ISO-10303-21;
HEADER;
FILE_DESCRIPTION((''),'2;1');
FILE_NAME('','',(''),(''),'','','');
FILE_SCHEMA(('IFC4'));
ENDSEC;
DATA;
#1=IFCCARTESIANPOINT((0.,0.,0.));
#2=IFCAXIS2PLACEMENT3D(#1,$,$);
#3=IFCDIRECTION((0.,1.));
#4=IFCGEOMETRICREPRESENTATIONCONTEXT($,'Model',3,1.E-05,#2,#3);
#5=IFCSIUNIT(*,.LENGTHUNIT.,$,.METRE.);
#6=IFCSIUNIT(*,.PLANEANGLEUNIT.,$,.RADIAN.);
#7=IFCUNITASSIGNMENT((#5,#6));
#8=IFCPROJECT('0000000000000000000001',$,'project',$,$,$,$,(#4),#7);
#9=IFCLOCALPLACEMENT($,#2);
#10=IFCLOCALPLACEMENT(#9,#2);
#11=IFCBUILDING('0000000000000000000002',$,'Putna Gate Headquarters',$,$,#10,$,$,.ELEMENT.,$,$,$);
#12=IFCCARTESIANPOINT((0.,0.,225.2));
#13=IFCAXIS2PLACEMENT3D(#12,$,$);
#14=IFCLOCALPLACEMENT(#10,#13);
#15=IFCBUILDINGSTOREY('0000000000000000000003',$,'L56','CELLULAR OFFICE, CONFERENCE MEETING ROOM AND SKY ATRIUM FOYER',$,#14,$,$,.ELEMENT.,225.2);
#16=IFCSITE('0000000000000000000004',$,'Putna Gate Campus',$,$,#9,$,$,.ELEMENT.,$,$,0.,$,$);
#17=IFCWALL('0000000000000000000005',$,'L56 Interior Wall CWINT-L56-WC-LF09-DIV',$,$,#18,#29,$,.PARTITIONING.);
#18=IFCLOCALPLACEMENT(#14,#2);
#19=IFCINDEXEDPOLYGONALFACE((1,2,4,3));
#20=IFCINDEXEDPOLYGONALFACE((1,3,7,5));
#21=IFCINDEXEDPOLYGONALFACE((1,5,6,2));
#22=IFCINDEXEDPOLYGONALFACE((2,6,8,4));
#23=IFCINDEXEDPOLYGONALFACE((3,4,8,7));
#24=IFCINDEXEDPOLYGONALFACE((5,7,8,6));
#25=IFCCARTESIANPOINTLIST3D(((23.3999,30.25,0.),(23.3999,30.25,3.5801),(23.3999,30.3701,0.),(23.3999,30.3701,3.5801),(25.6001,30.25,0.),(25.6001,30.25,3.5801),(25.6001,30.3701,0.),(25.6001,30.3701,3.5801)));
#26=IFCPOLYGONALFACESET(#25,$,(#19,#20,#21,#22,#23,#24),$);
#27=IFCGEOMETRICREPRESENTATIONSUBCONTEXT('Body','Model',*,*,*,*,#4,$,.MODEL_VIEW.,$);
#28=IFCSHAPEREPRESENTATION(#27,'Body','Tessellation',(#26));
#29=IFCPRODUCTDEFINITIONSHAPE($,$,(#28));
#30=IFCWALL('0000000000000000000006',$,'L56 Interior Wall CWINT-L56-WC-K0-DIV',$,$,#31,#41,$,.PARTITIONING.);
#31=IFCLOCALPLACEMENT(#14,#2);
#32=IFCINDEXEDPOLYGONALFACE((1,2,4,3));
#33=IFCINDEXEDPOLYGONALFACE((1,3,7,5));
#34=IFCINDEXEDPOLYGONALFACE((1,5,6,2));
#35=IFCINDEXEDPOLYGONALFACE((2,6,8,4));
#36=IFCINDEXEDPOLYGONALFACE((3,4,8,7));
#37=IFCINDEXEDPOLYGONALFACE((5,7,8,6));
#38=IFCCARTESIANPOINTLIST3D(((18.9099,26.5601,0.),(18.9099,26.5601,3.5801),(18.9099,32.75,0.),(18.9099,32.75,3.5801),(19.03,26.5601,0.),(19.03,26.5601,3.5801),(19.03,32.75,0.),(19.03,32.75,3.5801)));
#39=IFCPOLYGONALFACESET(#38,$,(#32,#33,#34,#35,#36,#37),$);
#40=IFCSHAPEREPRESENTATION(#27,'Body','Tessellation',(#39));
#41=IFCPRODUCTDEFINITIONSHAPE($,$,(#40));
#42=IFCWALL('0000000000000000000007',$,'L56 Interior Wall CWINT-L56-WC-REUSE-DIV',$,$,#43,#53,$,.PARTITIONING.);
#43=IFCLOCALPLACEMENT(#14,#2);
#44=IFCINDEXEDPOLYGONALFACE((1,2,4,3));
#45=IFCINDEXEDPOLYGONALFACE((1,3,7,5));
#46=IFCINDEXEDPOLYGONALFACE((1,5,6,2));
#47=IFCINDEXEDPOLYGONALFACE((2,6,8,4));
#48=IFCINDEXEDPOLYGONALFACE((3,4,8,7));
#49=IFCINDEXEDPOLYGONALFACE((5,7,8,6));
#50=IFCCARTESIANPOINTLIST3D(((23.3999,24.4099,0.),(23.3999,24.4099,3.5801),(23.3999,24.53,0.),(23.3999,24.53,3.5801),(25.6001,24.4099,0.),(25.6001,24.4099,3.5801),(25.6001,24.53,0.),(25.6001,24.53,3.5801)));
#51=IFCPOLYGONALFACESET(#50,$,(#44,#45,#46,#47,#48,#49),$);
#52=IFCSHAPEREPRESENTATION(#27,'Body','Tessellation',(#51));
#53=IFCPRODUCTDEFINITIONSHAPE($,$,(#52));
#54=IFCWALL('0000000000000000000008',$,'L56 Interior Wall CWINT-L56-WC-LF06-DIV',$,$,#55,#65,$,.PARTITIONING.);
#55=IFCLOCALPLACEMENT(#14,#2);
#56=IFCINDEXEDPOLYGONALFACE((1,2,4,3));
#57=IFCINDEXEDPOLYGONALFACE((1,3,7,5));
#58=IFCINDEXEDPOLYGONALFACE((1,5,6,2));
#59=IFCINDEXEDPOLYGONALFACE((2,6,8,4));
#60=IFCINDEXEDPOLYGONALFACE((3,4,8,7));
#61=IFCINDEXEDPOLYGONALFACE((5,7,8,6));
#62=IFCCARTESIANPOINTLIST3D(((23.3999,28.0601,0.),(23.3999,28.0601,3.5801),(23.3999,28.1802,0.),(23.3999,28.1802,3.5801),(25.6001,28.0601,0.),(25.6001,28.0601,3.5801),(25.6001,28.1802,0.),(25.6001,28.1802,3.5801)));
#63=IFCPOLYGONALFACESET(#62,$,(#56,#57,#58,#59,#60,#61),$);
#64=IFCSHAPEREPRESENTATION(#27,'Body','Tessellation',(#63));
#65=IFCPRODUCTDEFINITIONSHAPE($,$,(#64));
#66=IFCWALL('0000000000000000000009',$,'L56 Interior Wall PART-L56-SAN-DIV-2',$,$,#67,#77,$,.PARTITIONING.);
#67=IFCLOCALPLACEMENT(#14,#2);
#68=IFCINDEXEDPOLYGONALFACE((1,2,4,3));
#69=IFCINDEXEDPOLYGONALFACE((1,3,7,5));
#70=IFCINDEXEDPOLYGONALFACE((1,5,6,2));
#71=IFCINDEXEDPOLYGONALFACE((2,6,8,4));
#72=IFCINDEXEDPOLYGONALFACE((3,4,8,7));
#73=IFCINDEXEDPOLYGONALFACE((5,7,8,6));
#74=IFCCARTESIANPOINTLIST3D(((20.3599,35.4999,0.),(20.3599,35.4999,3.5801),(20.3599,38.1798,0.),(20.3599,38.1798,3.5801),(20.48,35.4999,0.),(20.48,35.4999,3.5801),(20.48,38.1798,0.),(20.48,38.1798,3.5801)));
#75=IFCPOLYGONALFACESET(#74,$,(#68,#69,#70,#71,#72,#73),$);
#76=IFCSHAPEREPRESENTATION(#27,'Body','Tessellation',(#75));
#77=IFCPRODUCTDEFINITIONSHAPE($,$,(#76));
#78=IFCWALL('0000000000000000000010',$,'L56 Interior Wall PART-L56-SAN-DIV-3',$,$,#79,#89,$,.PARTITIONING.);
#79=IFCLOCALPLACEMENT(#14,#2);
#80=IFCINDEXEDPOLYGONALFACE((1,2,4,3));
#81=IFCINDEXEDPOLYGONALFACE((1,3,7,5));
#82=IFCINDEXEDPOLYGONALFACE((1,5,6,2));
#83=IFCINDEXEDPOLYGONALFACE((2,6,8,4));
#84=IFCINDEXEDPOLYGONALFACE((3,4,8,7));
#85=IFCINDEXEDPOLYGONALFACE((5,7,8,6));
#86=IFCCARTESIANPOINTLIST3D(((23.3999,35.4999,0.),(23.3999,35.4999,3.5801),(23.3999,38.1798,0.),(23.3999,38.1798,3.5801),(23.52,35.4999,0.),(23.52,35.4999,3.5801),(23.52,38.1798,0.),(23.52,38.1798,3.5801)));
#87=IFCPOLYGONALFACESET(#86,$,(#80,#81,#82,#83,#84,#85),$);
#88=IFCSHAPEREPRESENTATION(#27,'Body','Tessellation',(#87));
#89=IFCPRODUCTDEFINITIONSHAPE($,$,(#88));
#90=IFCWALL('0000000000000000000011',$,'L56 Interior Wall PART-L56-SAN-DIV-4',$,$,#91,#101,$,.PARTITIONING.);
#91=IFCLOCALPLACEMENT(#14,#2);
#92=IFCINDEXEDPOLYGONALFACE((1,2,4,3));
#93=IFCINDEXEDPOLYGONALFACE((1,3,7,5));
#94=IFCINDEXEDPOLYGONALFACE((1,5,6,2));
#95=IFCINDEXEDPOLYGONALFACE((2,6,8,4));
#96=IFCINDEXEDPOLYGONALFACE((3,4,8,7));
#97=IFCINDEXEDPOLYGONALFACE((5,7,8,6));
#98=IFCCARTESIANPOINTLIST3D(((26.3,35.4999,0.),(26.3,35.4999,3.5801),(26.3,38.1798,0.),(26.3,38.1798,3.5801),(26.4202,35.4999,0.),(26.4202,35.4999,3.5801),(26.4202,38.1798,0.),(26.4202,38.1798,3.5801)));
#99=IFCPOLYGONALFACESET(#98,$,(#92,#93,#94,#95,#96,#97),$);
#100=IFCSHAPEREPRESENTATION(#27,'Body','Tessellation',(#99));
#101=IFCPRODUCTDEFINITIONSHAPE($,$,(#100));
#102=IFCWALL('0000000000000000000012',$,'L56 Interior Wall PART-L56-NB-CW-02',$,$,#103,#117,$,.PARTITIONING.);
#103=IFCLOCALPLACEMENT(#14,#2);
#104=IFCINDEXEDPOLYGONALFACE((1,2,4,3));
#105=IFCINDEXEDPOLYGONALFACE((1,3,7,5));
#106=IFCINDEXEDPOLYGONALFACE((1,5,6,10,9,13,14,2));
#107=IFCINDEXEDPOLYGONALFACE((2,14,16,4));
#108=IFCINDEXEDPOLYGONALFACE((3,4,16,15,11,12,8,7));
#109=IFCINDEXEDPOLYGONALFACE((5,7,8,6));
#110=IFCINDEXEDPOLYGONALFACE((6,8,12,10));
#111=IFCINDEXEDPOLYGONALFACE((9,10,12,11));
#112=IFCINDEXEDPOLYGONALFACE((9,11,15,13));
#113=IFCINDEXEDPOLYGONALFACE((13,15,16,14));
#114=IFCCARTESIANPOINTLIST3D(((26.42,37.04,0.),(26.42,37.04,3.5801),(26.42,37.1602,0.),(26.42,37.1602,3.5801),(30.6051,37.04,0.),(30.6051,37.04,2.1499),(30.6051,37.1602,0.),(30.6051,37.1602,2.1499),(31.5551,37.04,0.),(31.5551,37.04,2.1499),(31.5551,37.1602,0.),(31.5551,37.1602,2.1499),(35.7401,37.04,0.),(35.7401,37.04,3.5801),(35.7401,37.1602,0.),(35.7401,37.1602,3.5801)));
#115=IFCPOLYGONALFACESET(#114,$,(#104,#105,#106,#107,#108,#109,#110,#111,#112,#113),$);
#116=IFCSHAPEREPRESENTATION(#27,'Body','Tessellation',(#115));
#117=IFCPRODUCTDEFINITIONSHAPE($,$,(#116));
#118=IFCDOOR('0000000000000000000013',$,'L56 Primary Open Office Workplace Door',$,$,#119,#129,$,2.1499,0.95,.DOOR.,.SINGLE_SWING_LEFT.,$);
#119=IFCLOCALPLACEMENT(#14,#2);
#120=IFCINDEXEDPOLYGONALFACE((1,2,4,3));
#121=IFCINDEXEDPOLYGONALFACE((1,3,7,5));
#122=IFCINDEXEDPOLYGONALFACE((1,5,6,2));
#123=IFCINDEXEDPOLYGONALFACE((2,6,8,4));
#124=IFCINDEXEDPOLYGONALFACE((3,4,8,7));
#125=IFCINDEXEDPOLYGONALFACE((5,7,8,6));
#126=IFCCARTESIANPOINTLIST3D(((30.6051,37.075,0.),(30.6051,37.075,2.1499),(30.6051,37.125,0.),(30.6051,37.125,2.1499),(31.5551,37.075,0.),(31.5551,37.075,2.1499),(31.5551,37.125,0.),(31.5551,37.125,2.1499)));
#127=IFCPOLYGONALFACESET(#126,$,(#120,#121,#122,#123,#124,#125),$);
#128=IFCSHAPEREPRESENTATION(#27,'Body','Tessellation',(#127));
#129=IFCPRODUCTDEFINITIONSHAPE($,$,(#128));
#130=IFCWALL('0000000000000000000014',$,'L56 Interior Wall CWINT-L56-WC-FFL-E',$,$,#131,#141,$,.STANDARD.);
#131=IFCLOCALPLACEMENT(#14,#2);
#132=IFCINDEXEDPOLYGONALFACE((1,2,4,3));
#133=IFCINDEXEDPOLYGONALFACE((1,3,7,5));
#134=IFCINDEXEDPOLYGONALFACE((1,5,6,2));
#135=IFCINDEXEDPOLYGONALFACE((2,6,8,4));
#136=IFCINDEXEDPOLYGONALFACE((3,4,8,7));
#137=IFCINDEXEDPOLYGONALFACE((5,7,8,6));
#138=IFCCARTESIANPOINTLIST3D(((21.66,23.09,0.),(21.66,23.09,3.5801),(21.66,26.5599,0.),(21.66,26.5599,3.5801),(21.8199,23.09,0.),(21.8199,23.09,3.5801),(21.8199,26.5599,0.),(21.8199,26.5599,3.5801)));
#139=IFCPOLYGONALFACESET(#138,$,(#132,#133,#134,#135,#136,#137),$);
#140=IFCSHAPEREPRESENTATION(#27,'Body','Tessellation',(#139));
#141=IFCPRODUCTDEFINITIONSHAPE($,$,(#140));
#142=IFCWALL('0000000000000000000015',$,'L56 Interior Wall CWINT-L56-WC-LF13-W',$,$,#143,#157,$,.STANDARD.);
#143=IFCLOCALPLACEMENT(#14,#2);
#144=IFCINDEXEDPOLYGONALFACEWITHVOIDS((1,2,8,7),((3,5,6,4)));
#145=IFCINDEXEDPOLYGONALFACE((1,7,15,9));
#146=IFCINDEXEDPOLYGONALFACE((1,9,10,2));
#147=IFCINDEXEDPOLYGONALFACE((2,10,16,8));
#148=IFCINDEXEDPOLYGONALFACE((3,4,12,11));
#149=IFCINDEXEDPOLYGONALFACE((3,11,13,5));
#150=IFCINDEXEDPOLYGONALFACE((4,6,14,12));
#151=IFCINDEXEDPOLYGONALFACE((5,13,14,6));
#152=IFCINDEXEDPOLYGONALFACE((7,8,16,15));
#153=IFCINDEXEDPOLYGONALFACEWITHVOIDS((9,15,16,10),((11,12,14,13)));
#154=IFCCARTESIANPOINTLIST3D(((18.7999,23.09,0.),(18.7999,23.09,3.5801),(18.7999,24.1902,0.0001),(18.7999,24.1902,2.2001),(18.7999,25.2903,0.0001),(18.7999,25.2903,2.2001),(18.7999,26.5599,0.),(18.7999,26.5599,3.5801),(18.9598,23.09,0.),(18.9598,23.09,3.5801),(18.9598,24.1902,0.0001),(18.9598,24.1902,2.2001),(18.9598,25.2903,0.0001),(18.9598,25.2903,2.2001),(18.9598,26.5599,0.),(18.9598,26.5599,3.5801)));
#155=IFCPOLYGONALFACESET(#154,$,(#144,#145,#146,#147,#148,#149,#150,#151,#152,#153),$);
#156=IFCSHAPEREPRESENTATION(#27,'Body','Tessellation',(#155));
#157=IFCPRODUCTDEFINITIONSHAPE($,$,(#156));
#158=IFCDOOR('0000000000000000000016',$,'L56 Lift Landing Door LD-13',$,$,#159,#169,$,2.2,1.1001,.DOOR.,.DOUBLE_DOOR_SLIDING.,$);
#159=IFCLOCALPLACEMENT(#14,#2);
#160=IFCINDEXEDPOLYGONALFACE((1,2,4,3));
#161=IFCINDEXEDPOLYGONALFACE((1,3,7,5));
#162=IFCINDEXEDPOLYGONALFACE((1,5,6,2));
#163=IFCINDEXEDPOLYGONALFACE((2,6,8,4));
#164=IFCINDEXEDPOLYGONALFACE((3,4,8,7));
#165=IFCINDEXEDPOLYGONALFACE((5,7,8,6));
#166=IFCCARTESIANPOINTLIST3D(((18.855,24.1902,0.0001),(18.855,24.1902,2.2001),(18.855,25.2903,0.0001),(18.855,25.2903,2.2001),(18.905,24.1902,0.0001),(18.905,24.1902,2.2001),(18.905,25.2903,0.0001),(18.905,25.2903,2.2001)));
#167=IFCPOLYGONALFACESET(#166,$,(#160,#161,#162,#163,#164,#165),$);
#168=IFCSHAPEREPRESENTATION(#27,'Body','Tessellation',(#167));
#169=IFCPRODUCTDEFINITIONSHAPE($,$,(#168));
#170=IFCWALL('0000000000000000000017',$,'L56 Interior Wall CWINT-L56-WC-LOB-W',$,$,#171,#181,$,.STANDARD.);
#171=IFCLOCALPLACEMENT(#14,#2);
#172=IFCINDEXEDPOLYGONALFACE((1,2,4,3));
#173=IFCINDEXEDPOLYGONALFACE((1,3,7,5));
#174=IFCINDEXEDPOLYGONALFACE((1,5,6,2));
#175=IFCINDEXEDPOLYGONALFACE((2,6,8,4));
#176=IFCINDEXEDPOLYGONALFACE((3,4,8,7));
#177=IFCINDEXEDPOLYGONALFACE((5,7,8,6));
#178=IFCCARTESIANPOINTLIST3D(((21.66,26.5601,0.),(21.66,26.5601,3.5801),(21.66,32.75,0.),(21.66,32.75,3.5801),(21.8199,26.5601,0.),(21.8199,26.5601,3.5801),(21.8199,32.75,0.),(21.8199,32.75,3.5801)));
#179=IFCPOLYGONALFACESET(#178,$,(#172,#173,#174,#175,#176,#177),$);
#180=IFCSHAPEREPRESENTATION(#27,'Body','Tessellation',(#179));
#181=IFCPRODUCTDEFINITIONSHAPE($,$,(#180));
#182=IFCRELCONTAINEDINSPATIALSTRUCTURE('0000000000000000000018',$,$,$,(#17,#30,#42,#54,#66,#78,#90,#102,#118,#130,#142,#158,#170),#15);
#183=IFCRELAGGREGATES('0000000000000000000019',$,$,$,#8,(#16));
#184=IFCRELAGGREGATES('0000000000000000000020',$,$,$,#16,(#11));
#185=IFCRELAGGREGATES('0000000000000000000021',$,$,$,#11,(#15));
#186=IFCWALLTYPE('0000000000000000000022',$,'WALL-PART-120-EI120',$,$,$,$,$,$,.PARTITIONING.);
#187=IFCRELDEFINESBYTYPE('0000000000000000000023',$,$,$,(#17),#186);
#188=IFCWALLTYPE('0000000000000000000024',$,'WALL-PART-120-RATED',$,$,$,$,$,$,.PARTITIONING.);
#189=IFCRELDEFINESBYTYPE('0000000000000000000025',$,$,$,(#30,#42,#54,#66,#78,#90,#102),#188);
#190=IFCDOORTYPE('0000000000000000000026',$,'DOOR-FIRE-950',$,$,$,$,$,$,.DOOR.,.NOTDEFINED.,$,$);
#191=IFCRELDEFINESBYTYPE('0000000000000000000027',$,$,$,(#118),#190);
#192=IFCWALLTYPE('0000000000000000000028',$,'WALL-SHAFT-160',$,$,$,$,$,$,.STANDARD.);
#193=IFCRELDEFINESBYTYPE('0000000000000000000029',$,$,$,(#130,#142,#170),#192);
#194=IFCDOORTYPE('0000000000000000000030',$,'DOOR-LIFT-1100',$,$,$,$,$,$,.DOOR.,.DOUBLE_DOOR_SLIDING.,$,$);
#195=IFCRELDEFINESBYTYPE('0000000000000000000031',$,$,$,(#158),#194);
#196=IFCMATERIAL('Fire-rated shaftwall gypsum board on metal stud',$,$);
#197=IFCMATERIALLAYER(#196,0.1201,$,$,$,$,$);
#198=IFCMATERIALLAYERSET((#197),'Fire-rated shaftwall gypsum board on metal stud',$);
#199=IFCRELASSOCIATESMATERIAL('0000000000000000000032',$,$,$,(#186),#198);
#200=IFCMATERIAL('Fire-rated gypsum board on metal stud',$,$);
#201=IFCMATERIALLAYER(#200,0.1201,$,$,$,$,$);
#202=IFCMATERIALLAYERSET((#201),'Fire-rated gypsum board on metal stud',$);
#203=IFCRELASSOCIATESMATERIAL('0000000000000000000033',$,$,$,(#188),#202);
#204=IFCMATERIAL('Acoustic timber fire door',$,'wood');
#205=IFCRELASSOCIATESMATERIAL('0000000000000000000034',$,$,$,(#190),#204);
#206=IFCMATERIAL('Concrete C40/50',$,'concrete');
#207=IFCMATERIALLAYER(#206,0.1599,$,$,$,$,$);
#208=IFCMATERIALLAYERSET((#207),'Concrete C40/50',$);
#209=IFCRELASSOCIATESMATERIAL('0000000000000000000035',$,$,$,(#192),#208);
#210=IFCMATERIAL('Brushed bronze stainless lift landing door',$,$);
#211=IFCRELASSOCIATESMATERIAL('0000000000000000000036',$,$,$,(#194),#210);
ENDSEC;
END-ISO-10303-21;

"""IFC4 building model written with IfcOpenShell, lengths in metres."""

from ifc_helpers import new_model, si_unit, direction, frame, frame_2d, origin, place, context, subcontext, project, spatial, rectangle, extrude, material, layer, layer_set, type_object, element, fill, save


model = new_model("IFC4")

# Units and contexts
model_context = context("Model", 3, precision=1e-05, world=origin(), true_north=direction((0.0, 1.0)))
body_context = subcontext(model_context, "Body", "Model", "MODEL_VIEW")
ifc_project = project(units=[si_unit("LENGTHUNIT", "METRE"), si_unit("PLANEANGLEUNIT", "RADIAN")], contexts=[model_context])

# Site, building, storey
site_placement = place(None, origin())
site = spatial("IfcSite", under=ifc_project, at=site_placement, Name="Putna Gate Campus", CompositionType="ELEMENT", RefElevation=0.0)
building_placement = place(site_placement, origin())
building = spatial("IfcBuilding", under=site, at=building_placement, Name="Putna Gate Headquarters", CompositionType="ELEMENT")
storey_placement = place(building_placement, frame((0.0, 0.0, 225.2)))
storey = spatial("IfcBuildingStorey", under=building, at=storey_placement, Name="L56", Description="CELLULAR OFFICE, CONFERENCE MEETING ROOM AND SKY ATRIUM FOYER", CompositionType="ELEMENT", Elevation=225.2)

# Walls
ifc_material_1 = material(Name="Fire-rated shaftwall gypsum board on metal stud")
ifc_layer_1 = layer(ifc_material_1, 0.1201)
ifc_layer_set_1 = layer_set([ifc_layer_1], Name="Fire-rated shaftwall gypsum board on metal stud")
wall_type_1 = type_object("IfcWallType", Name="WALL-PART-120-EI120", PredefinedType="PARTITIONING", material=ifc_layer_set_1)
wall_1_placement = place(storey_placement, frame((23.3999, 30.3101, 0.0), z_axis=(0.0, 0.0, 1.0), x_axis=(1.0, 0.0, 0.0)))
element("IfcWall", 1, at=wall_1_placement, inside=storey, type_object=wall_type_1, Name="L56 Interior Wall CWINT-L56-WC-LF09-DIV", PredefinedType="PARTITIONING", context=body_context, shape_type="SweptSolid", body=[
    extrude(rectangle(XDim=2.2002, YDim=0.1201, at=frame_2d((1.1001, 0.0))), origin(), (0.0, 0.0, 1.0), 3.5801),
])
ifc_material_2 = material(Name="Fire-rated gypsum board on metal stud")
ifc_layer_2 = layer(ifc_material_2, 0.1201)
ifc_layer_set_2 = layer_set([ifc_layer_2], Name="Fire-rated gypsum board on metal stud")
wall_type_2 = type_object("IfcWallType", Name="WALL-PART-120-RATED", PredefinedType="PARTITIONING", material=ifc_layer_set_2)
wall_2_placement = place(storey_placement, frame((18.97, 26.5601, 0.0), z_axis=(0.0, 0.0, 1.0), x_axis=(0.0, 1.0, 0.0)))
element("IfcWall", 2, at=wall_2_placement, inside=storey, type_object=wall_type_2, Name="L56 Interior Wall CWINT-L56-WC-K0-DIV", PredefinedType="PARTITIONING", context=body_context, shape_type="SweptSolid", body=[
    extrude(rectangle(XDim=6.1899, YDim=0.1201, at=frame_2d((3.095, 0.0))), origin(), (0.0, 0.0, 1.0), 3.5801),
])
for number, where, z_axis, x_axis, name in (
    (3, (23.3999, 24.47, 0.0), (0.0, 0.0, 1.0), (1.0, 0.0, 0.0), "L56 Interior Wall CWINT-L56-WC-REUSE-DIV"),
    (4, (23.3999, 28.1201, 0.0), (0.0, 0.0, 1.0), (1.0, 0.0, 0.0), "L56 Interior Wall CWINT-L56-WC-LF06-DIV"),
):
    element("IfcWall", number, at=place(storey_placement, frame(where, z_axis=z_axis, x_axis=x_axis)), inside=storey, type_object=wall_type_2, Name=name, PredefinedType="PARTITIONING", context=body_context, shape_type="SweptSolid", body=[
        extrude(rectangle(XDim=2.2002, YDim=0.1201, at=frame_2d((1.1001, 0.0))), origin(), (0.0, 0.0, 1.0), 3.5801),
    ])
for number, where, z_axis, x_axis, name in (
    (5, (20.4199, 35.5, 0.0), (0.0, 0.0, 1.0), (0.0, 1.0, 0.0), "L56 Interior Wall PART-L56-SAN-DIV-2"),
    (6, (23.46, 35.5, 0.0), (0.0, 0.0, 1.0), (0.0, 1.0, 0.0), "L56 Interior Wall PART-L56-SAN-DIV-3"),
    (7, (26.3601, 35.5, 0.0), (0.0, 0.0, 1.0), (0.0, 1.0, 0.0), "L56 Interior Wall PART-L56-SAN-DIV-4"),
):
    element("IfcWall", number, at=place(storey_placement, frame(where, z_axis=z_axis, x_axis=x_axis)), inside=storey, type_object=wall_type_2, Name=name, PredefinedType="PARTITIONING", context=body_context, shape_type="SweptSolid", body=[
        extrude(rectangle(XDim=2.6799, YDim=0.1201, at=frame_2d((1.3398, 0.0))), origin(), (0.0, 0.0, 1.0), 3.5801),
    ])

# Wall, opening, door
wall_3_placement = place(storey_placement, frame((26.4199, 37.1001, 0.0), z_axis=(0.0, 0.0, 1.0), x_axis=(1.0, 0.0, 0.0)))
wall_3 = element("IfcWall", 8, at=wall_3_placement, inside=storey, type_object=wall_type_2, Name="L56 Interior Wall PART-L56-NB-CW-02", PredefinedType="PARTITIONING", context=body_context, shape_type="SweptSolid", body=[
    extrude(rectangle(XDim=9.3201, YDim=0.1201, at=frame_2d((4.6602, 0.0))), origin(), (0.0, 0.0, 1.0), 3.5801),
])
opening_1_placement = place(wall_3_placement, frame((4.1851, 0.0, 0.0)))
opening_1 = element("IfcOpeningElement", 9, at=opening_1_placement, cuts=wall_3, PredefinedType="OPENING", context=body_context, shape_type="SweptSolid", body=[
    extrude(rectangle(XDim=0.95, YDim=2.1499, at=frame_2d((0.4751, 1.075))), frame((0.0, 0.0701, 0.0), z_axis=(0.0, -1.0, 0.0), x_axis=(1.0, 0.0, 0.0)), (0.0, 0.0, 1.0), 0.1401),
])
ifc_material_3 = material(Name="Acoustic timber fire door", Category="wood")
door_type_1 = type_object("IfcDoorType", Name="DOOR-FIRE-950", OperationType="NOTDEFINED", PredefinedType="DOOR", material=ifc_material_3)
door_1_placement = place(opening_1_placement, origin())
door_1 = element("IfcDoor", 10, at=door_1_placement, inside=storey, type_object=door_type_1, Name="L56 Primary Open Office Workplace Door", OperationType="SINGLE_SWING_LEFT", OverallHeight=2.1499, OverallWidth=0.95, PredefinedType="DOOR", context=body_context, shape_type="SweptSolid", body=[
    extrude(rectangle(XDim=0.95, YDim=2.1499, at=frame_2d((0.4751, 1.075))), frame((0.0, 0.0249, 0.0), z_axis=(0.0, -1.0, 0.0), x_axis=(1.0, 0.0, 0.0)), (0.0, 0.0, 1.0), 0.05),
])
fill(opening_1, door_1)

# Wall
ifc_material_4 = material(Name="Concrete C40/50", Category="concrete")
ifc_layer_3 = layer(ifc_material_4, 0.1599)
ifc_layer_set_3 = layer_set([ifc_layer_3], Name="Concrete C40/50")
wall_type_3 = type_object("IfcWallType", Name="WALL-SHAFT-160", PredefinedType="STANDARD", material=ifc_layer_set_3)
wall_4_placement = place(storey_placement, frame((21.74, 23.0901, 0.0), z_axis=(0.0, 0.0, 1.0), x_axis=(0.0, 1.0, 0.0)))
element("IfcWall", 11, at=wall_4_placement, inside=storey, type_object=wall_type_3, Name="L56 Interior Wall CWINT-L56-WC-FFL-E", PredefinedType="STANDARD", context=body_context, shape_type="SweptSolid", body=[
    extrude(rectangle(XDim=3.47, YDim=0.1599, at=frame_2d((1.7349, 0.0))), origin(), (0.0, 0.0, 1.0), 3.5801),
])

# Wall, opening, door
wall_5_placement = place(storey_placement, frame((18.8799, 23.0901, 0.0), z_axis=(0.0, 0.0, 1.0), x_axis=(0.0, 1.0, 0.0)))
wall_5 = element("IfcWall", 12, at=wall_5_placement, inside=storey, type_object=wall_type_3, Name="L56 Interior Wall CWINT-L56-WC-LF13-W", PredefinedType="STANDARD", context=body_context, shape_type="SweptSolid", body=[
    extrude(rectangle(XDim=3.47, YDim=0.1599, at=frame_2d((1.7349, 0.0))), origin(), (0.0, 0.0, 1.0), 3.5801),
])
opening_2_placement = place(wall_5_placement, frame((1.1001, 0.0, 0.0)))
opening_2 = element("IfcOpeningElement", 13, at=opening_2_placement, cuts=wall_5, PredefinedType="OPENING", context=body_context, shape_type="SweptSolid", body=[
    extrude(rectangle(XDim=1.1001, YDim=2.2, at=frame_2d((0.55, 1.1001))), frame((0.0, 0.0898, 0.0), z_axis=(0.0, -1.0, 0.0), x_axis=(1.0, 0.0, 0.0)), (0.0, 0.0, 1.0), 0.1799),
])
ifc_material_5 = material(Name="Brushed bronze stainless lift landing door")
door_type_2 = type_object("IfcDoorType", Name="DOOR-LIFT-1100", OperationType="DOUBLE_DOOR_SLIDING", PredefinedType="DOOR", material=ifc_material_5)
door_2_placement = place(opening_2_placement, origin())
door_2 = element("IfcDoor", 14, at=door_2_placement, inside=storey, type_object=door_type_2, Name="L56 Lift Landing Door LD-13", OperationType="DOUBLE_DOOR_SLIDING", OverallHeight=2.2, OverallWidth=1.1001, PredefinedType="DOOR", context=body_context, shape_type="SweptSolid", body=[
    extrude(rectangle(XDim=1.1001, YDim=2.2, at=frame_2d((0.55, 1.1001))), frame((0.0, 0.0249, 0.0), z_axis=(0.0, -1.0, 0.0), x_axis=(1.0, 0.0, 0.0)), (0.0, 0.0, 1.0), 0.05),
])
fill(opening_2, door_2)

# Wall
wall_6_placement = place(storey_placement, frame((21.74, 26.5601, 0.0), z_axis=(0.0, 0.0, 1.0), x_axis=(0.0, 1.0, 0.0)))
element("IfcWall", 15, at=wall_6_placement, inside=storey, type_object=wall_type_3, Name="L56 Interior Wall CWINT-L56-WC-LOB-W", PredefinedType="STANDARD", context=body_context, shape_type="SweptSolid", body=[
    extrude(rectangle(XDim=6.1899, YDim=0.1599, at=frame_2d((3.095, 0.0))), origin(), (0.0, 0.0, 1.0), 3.5801),
])

save(model, "model.ifc")
